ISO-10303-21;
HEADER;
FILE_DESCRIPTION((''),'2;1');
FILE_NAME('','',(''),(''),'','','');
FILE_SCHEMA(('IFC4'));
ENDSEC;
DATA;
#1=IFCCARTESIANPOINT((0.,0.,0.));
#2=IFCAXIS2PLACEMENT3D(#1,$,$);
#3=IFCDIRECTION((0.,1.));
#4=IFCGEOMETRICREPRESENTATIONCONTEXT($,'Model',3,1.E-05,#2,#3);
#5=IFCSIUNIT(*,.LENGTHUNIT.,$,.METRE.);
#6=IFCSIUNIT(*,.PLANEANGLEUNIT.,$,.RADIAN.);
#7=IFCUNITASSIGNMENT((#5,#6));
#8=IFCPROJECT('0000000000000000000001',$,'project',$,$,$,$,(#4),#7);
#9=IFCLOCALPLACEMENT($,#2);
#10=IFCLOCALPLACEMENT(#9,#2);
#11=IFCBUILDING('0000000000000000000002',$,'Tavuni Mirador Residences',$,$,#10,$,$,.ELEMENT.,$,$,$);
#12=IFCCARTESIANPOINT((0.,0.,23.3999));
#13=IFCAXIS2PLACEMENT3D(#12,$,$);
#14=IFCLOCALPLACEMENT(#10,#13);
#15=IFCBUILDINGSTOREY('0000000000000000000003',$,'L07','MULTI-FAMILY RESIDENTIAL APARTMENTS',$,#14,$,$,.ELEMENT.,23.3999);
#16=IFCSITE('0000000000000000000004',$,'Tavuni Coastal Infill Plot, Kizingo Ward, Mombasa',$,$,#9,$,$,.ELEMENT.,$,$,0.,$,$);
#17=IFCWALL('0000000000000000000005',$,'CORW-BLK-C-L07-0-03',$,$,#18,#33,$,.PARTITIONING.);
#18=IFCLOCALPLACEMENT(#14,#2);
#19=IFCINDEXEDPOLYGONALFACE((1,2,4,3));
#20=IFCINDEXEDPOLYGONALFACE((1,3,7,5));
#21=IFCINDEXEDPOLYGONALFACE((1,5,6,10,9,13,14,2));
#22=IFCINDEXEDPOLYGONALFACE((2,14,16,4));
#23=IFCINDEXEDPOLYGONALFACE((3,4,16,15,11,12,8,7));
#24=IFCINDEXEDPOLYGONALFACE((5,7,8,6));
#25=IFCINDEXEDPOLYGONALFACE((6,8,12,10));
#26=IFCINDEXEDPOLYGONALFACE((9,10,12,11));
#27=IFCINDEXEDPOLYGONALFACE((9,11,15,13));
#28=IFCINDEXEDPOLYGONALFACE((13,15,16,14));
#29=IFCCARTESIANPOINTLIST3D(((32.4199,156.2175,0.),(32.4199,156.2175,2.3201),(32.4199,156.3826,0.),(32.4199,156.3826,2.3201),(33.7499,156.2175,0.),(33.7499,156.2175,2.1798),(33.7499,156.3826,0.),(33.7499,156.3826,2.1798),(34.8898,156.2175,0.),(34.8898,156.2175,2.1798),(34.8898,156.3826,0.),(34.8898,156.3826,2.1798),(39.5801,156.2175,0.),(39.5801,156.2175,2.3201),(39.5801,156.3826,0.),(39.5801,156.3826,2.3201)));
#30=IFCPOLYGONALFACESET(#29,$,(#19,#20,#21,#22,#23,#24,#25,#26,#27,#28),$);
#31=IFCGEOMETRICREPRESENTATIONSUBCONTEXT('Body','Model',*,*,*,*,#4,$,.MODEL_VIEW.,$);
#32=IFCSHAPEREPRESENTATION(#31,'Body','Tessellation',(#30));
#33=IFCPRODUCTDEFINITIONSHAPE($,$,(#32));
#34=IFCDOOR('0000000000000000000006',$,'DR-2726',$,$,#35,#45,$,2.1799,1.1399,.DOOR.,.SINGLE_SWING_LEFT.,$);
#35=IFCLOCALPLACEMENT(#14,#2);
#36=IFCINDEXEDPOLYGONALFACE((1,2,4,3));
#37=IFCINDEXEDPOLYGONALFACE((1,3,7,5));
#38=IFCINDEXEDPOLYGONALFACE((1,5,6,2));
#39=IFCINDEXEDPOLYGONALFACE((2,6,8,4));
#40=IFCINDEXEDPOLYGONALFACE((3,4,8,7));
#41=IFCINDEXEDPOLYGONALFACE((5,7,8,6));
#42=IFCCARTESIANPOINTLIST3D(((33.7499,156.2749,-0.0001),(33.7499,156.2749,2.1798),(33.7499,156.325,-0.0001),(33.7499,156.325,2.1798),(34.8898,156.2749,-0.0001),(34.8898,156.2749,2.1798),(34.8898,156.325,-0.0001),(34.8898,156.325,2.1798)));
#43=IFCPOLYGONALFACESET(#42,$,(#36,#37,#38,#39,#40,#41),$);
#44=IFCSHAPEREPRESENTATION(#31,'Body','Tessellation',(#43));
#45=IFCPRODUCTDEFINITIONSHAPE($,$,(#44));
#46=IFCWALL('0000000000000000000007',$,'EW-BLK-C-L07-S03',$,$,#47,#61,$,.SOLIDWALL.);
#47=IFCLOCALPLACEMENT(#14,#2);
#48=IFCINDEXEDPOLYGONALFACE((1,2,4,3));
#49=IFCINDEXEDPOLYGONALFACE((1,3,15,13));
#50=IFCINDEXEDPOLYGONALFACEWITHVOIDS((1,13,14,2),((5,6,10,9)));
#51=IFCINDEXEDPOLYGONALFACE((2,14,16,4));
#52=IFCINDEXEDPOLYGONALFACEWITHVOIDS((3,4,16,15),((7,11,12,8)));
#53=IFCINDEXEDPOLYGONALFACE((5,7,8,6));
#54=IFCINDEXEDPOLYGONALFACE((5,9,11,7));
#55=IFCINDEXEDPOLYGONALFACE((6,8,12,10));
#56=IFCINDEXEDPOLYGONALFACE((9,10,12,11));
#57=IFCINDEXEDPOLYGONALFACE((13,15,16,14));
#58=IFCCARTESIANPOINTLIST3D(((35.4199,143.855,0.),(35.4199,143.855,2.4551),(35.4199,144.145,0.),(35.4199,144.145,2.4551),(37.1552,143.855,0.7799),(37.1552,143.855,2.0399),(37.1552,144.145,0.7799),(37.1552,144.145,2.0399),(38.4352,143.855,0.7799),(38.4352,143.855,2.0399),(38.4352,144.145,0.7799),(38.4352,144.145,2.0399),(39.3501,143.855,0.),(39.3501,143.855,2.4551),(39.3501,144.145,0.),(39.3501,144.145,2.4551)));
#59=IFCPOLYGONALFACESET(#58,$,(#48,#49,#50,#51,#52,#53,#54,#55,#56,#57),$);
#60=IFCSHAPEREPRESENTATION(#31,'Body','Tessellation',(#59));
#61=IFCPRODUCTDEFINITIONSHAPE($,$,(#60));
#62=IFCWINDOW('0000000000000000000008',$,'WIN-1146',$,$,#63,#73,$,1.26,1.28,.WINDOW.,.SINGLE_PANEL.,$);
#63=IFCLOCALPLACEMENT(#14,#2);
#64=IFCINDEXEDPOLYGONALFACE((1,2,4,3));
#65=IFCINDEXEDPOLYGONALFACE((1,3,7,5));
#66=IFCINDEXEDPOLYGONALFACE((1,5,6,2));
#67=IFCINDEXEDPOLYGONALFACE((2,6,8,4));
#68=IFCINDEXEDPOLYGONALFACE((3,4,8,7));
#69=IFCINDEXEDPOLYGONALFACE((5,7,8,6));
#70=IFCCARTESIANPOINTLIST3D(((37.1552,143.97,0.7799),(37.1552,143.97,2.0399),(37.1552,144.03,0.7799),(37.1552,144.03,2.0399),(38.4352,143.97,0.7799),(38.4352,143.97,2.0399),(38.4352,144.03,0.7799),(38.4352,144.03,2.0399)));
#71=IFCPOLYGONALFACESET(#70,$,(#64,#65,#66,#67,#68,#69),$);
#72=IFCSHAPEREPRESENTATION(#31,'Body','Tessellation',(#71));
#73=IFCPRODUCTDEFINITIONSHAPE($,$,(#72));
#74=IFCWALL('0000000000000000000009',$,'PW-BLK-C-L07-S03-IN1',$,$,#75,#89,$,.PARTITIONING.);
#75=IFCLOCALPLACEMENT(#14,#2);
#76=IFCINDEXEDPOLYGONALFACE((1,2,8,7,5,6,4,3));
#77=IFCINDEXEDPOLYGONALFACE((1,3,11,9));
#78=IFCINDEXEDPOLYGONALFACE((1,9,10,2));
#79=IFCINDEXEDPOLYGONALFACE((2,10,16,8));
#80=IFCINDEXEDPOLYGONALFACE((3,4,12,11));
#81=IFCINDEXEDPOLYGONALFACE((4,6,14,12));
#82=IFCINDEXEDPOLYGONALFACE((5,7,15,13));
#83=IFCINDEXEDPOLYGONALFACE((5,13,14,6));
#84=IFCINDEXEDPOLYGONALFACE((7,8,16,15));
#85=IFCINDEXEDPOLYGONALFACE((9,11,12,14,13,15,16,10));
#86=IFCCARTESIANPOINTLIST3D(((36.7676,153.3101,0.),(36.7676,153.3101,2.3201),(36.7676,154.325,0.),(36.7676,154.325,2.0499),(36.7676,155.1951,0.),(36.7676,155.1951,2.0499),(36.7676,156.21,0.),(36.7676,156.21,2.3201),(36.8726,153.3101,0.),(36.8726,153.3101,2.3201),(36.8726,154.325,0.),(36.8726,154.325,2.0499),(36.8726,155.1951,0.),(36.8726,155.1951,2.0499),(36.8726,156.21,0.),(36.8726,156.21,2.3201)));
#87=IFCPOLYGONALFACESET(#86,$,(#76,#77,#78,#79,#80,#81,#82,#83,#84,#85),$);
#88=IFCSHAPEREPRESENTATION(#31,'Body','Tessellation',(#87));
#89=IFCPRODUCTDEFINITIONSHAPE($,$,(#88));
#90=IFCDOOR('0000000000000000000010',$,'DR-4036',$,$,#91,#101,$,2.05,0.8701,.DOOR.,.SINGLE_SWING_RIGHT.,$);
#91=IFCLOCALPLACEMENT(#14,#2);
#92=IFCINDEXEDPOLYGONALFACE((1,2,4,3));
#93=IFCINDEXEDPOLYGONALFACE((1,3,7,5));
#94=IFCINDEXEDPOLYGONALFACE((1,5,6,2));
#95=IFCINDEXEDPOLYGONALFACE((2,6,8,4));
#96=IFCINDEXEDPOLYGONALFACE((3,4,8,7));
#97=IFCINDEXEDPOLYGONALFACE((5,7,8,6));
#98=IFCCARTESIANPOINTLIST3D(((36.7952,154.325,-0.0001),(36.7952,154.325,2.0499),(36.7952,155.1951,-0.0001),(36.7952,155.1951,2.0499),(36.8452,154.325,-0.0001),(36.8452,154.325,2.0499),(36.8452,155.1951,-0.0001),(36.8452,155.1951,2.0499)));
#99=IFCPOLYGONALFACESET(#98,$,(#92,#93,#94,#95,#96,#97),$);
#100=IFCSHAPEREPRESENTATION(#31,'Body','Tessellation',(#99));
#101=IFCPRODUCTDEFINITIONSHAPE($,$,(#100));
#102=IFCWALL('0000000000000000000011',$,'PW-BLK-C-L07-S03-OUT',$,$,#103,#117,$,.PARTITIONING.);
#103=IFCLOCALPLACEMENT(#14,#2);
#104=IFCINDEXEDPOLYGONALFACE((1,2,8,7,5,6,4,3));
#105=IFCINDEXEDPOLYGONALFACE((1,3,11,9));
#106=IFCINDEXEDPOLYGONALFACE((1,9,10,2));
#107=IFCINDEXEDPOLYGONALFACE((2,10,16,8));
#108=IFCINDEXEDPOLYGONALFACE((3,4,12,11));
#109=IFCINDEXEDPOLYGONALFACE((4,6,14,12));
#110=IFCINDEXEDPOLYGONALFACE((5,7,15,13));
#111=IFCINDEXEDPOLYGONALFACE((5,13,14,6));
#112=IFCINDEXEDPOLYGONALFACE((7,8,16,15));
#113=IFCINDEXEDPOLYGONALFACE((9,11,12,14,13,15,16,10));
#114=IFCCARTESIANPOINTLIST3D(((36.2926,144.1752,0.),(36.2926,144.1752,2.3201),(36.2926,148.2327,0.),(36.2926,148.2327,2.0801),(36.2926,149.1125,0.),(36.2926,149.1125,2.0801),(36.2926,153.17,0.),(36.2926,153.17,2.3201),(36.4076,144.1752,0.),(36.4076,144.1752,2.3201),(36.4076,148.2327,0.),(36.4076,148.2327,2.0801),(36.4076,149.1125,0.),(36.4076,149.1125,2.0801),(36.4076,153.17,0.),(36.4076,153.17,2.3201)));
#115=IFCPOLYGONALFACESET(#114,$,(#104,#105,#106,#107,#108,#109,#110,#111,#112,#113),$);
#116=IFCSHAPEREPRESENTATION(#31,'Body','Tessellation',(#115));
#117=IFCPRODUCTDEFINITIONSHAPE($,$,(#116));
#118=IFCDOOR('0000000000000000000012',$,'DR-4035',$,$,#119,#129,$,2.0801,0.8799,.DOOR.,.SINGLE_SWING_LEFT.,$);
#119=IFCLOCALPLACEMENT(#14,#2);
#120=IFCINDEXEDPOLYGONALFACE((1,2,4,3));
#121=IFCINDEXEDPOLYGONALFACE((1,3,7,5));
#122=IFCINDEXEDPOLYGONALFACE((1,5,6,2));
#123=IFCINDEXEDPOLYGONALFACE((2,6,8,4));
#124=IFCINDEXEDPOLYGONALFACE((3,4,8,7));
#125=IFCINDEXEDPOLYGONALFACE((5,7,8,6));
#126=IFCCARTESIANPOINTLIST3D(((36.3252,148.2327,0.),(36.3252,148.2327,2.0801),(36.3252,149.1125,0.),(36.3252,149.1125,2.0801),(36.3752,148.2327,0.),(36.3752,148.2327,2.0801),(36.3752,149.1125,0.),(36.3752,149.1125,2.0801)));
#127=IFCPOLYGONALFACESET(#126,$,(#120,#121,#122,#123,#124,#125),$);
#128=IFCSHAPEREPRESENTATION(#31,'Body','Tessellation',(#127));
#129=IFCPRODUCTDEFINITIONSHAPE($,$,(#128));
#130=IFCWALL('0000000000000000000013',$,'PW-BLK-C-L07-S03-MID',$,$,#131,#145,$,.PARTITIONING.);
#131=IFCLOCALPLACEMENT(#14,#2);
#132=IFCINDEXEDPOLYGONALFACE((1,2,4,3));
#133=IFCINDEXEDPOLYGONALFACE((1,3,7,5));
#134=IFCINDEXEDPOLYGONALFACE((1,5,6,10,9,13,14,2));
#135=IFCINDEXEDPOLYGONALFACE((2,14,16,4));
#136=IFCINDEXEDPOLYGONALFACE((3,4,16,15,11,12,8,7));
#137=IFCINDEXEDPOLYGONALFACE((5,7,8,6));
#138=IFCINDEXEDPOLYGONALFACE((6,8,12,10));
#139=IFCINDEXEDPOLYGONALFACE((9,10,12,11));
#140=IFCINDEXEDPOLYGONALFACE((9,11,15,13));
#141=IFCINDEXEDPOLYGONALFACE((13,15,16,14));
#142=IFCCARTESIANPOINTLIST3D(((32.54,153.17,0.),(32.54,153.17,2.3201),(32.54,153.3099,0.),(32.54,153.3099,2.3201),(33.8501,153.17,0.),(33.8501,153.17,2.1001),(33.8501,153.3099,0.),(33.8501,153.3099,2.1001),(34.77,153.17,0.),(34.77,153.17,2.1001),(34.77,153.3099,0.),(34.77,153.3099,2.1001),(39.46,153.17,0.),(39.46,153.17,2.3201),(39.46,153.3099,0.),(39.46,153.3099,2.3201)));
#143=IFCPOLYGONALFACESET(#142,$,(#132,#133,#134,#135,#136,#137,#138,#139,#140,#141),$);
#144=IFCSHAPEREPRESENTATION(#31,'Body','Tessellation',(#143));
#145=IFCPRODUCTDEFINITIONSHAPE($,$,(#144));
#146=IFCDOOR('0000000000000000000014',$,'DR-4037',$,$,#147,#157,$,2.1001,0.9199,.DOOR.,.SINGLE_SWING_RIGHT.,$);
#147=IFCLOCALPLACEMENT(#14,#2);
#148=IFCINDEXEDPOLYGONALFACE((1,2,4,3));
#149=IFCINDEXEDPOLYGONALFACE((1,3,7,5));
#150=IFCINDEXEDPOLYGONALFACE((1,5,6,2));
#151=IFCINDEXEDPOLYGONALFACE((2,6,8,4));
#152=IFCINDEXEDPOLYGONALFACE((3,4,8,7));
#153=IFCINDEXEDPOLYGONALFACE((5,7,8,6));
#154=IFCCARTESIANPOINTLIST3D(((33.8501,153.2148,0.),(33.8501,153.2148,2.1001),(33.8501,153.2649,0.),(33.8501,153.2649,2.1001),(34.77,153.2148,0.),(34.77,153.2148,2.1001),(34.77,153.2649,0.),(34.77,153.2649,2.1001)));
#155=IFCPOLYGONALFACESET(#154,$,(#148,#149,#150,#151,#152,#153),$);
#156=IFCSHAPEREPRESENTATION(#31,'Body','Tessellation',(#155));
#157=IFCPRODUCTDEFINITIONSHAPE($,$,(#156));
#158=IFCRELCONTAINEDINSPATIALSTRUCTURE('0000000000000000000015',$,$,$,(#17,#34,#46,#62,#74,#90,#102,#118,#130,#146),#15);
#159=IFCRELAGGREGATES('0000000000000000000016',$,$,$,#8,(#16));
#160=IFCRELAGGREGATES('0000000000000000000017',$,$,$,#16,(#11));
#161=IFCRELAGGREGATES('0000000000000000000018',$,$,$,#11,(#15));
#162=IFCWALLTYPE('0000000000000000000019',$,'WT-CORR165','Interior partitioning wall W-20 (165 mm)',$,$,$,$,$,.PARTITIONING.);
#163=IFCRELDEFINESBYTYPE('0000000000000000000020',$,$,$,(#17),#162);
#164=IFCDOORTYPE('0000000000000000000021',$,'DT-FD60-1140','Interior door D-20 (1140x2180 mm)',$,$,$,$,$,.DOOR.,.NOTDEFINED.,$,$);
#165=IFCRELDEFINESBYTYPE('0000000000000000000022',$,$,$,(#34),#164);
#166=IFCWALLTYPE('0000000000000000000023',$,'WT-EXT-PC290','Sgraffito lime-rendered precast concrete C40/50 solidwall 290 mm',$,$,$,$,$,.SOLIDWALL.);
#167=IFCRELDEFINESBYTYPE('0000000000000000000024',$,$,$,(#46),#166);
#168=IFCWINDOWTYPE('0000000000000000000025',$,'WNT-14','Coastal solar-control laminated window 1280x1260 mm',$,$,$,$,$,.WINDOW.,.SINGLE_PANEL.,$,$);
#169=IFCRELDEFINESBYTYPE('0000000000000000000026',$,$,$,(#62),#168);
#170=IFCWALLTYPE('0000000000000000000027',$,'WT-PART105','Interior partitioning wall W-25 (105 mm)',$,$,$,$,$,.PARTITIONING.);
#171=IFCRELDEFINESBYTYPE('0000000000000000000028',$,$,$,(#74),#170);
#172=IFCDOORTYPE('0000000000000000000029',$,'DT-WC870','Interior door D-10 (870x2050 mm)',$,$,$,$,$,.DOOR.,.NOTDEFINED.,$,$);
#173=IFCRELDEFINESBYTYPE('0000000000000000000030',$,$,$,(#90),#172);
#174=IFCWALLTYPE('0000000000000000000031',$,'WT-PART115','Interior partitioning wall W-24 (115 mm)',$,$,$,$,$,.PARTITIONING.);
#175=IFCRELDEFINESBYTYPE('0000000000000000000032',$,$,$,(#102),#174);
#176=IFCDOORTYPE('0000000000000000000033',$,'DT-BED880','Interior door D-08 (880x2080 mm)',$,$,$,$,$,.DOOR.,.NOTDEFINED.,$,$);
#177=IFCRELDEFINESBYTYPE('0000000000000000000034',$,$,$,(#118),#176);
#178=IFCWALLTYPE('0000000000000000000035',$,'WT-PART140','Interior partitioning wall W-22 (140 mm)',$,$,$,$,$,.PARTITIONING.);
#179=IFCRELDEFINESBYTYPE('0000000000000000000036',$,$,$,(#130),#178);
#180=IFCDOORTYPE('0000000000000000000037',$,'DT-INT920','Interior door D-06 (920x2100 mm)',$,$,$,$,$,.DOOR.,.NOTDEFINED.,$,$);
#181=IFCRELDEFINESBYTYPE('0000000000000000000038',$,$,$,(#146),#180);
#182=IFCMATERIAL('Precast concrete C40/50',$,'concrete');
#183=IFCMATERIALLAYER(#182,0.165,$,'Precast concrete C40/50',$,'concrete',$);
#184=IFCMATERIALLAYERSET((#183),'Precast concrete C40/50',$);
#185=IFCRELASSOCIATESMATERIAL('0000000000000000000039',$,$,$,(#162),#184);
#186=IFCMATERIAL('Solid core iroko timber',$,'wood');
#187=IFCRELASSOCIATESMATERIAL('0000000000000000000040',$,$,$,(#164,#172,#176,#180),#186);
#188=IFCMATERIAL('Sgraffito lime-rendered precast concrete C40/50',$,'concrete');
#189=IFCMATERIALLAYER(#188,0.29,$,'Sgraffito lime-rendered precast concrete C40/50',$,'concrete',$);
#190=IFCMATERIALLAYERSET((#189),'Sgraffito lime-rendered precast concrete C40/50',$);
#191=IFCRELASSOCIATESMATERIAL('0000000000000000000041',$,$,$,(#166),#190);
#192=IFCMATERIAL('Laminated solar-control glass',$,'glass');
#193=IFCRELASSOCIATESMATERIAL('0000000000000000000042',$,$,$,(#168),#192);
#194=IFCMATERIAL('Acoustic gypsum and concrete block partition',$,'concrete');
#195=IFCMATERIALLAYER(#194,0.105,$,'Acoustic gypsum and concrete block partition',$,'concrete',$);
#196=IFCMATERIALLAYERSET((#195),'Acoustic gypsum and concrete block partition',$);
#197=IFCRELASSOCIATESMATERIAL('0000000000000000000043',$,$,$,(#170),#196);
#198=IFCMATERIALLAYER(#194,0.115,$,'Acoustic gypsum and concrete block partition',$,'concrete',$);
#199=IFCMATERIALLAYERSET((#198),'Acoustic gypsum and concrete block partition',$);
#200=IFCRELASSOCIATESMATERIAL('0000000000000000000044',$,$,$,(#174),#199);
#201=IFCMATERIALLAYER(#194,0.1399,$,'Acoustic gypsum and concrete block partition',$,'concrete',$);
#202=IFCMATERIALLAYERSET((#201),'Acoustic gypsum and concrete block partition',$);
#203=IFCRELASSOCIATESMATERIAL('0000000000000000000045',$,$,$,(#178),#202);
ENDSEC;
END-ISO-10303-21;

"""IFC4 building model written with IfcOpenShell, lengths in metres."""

from ifc_helpers import new_model, si_unit, direction, frame, frame_2d, origin, place, context, subcontext, project, spatial, rectangle, extrude, material, layer, layer_set, type_object, element, fill, save


model = new_model("IFC4")

# Units and contexts
model_context = context("Model", 3, precision=1e-05, world=origin(), true_north=direction((0.0, 1.0)))
body_context = subcontext(model_context, "Body", "Model", "MODEL_VIEW")
ifc_project = project(units=[si_unit("LENGTHUNIT", "METRE"), si_unit("PLANEANGLEUNIT", "RADIAN")], contexts=[model_context])

# Site, building, storey
site_placement = place(None, origin())
site = spatial("IfcSite", under=ifc_project, at=site_placement, Name="Tavuni Coastal Infill Plot, Kizingo Ward, Mombasa", CompositionType="ELEMENT", RefElevation=0.0)
building_placement = place(site_placement, origin())
building = spatial("IfcBuilding", under=site, at=building_placement, Name="Tavuni Mirador Residences", CompositionType="ELEMENT")
storey_placement = place(building_placement, frame((0.0, 0.0, 23.3999)))
storey = spatial("IfcBuildingStorey", under=building, at=storey_placement, Name="L07", Description="MULTI-FAMILY RESIDENTIAL APARTMENTS", CompositionType="ELEMENT", Elevation=23.3999)

# Shared definitions
ifc_material_1 = material(Name="Precast concrete C40/50", Category="concrete")

# Wall, opening, door
ifc_layer_1 = layer(ifc_material_1, 0.165, Name="Precast concrete C40/50", Category="concrete")
ifc_layer_set_1 = layer_set([ifc_layer_1], Name="Precast concrete C40/50")
wall_type_1 = type_object("IfcWallType", Name="WT-CORR165", Description="Interior partitioning wall W-20 (165 mm)", PredefinedType="PARTITIONING", material=ifc_layer_set_1)
wall_1_placement = place(storey_placement, frame((32.4199, 156.3, 0.0), z_axis=(0.0, 0.0, 1.0), x_axis=(1.0, 0.0, 0.0)))
wall_1 = element("IfcWall", 1, at=wall_1_placement, inside=storey, type_object=wall_type_1, Name="CORW-BLK-C-L07-0-03", PredefinedType="PARTITIONING", context=body_context, shape_type="SweptSolid", body=[
    extrude(rectangle(XDim=7.1602, YDim=0.165, at=frame_2d((3.5801, 0.0))), origin(), (0.0, 0.0, 1.0), 2.3201),
])
opening_1_placement = place(wall_1_placement, frame((1.3301, 0.0, 0.0)))
opening_1 = element("IfcOpeningElement", 2, at=opening_1_placement, cuts=wall_1, PredefinedType="OPENING", context=body_context, shape_type="SweptSolid", body=[
    extrude(rectangle(XDim=1.1399, YDim=2.1799, at=frame_2d((0.5698, 1.0898))), frame((0.0, 0.0925, 0.0), z_axis=(0.0, -1.0, 0.0), x_axis=(1.0, 0.0, 0.0)), (0.0, 0.0, 1.0), 0.1851),
])
ifc_material_2 = material(Name="Solid core iroko timber", Category="wood")
door_type_1 = type_object("IfcDoorType", Name="DT-FD60-1140", Description="Interior door D-20 (1140x2180 mm)", OperationType="NOTDEFINED", PredefinedType="DOOR", material=ifc_material_2)
door_1_placement = place(opening_1_placement, origin())
door_1 = element("IfcDoor", 3, at=door_1_placement, inside=storey, type_object=door_type_1, Name="DR-2726", OperationType="SINGLE_SWING_LEFT", OverallHeight=2.1799, OverallWidth=1.1399, PredefinedType="DOOR", context=body_context, shape_type="SweptSolid", body=[
    extrude(rectangle(XDim=1.1399, YDim=2.1799, at=frame_2d((0.5698, 1.0898))), frame((0.0, 0.0249, 0.0), z_axis=(0.0, -1.0, 0.0), x_axis=(1.0, 0.0, 0.0)), (0.0, 0.0, 1.0), 0.05),
])
fill(opening_1, door_1)

# Wall, opening, window
ifc_material_3 = material(Name="Sgraffito lime-rendered precast concrete C40/50", Category="concrete")
ifc_layer_2 = layer(ifc_material_3, 0.29, Name="Sgraffito lime-rendered precast concrete C40/50", Category="concrete")
ifc_layer_set_2 = layer_set([ifc_layer_2], Name="Sgraffito lime-rendered precast concrete C40/50")
wall_type_2 = type_object("IfcWallType", Name="WT-EXT-PC290", Description="Sgraffito lime-rendered precast concrete C40/50 solidwall 290 mm", PredefinedType="SOLIDWALL", material=ifc_layer_set_2)
wall_2_placement = place(storey_placement, frame((35.4199, 144.0, 0.0), z_axis=(0.0, 0.0, 1.0), x_axis=(1.0, 0.0, 0.0)))
wall_2 = element("IfcWall", 4, at=wall_2_placement, inside=storey, type_object=wall_type_2, Name="EW-BLK-C-L07-S03", PredefinedType="SOLIDWALL", context=body_context, shape_type="SweptSolid", body=[
    extrude(rectangle(XDim=3.9302, YDim=0.29, at=frame_2d((1.9651, 0.0))), origin(), (0.0, 0.0, 1.0), 2.4551),
])
opening_2_placement = place(wall_2_placement, frame((1.7351, 0.0, 0.78)))
opening_2 = element("IfcOpeningElement", 5, at=opening_2_placement, cuts=wall_2, PredefinedType="OPENING", context=body_context, shape_type="SweptSolid", body=[
    extrude(rectangle(XDim=1.28, YDim=1.26, at=frame_2d((0.6401, 0.6299))), frame((0.0, 0.155, 0.0), z_axis=(0.0, -1.0, 0.0), x_axis=(1.0, 0.0, 0.0)), (0.0, 0.0, 1.0), 0.3101),
])
ifc_material_4 = material(Name="Laminated solar-control glass", Category="glass")
window_type = type_object("IfcWindowType", Name="WNT-14", Description="Coastal solar-control laminated window 1280x1260 mm", PartitioningType="SINGLE_PANEL", PredefinedType="WINDOW", material=ifc_material_4)
window_placement = place(opening_2_placement, origin())
window = element("IfcWindow", 6, at=window_placement, inside=storey, type_object=window_type, Name="WIN-1146", OverallHeight=1.26, OverallWidth=1.28, PartitioningType="SINGLE_PANEL", PredefinedType="WINDOW", context=body_context, shape_type="SweptSolid", body=[
    extrude(rectangle(XDim=1.28, YDim=1.26, at=frame_2d((0.6401, 0.6299))), frame((0.0, 0.03, 0.0), z_axis=(0.0, -1.0, 0.0), x_axis=(1.0, 0.0, 0.0)), (0.0, 0.0, 1.0), 0.0601),
])
fill(opening_2, window)

# Walls, openings, doors
ifc_material_5 = material(Name="Acoustic gypsum and concrete block partition", Category="concrete")
ifc_layer_3 = layer(ifc_material_5, 0.105, Name="Acoustic gypsum and concrete block partition", Category="concrete")
ifc_layer_set_3 = layer_set([ifc_layer_3], Name="Acoustic gypsum and concrete block partition")
wall_type_3 = type_object("IfcWallType", Name="WT-PART105", Description="Interior partitioning wall W-25 (105 mm)", PredefinedType="PARTITIONING", material=ifc_layer_set_3)
wall_3_placement = place(storey_placement, frame((36.8201, 153.3101, 0.0), z_axis=(0.0, 0.0, 1.0), x_axis=(0.0, 1.0, 0.0)))
wall_3 = element("IfcWall", 7, at=wall_3_placement, inside=storey, type_object=wall_type_3, Name="PW-BLK-C-L07-S03-IN1", PredefinedType="PARTITIONING", context=body_context, shape_type="SweptSolid", body=[
    extrude(rectangle(XDim=2.8999, YDim=0.105, at=frame_2d((1.45, 0.0))), origin(), (0.0, 0.0, 1.0), 2.3201),
])
opening_3_placement = place(wall_3_placement, frame((1.0149, 0.0, 0.0)))
opening_3 = element("IfcOpeningElement", 8, at=opening_3_placement, cuts=wall_3, PredefinedType="OPENING", context=body_context, shape_type="SweptSolid", body=[
    extrude(rectangle(XDim=0.8701, YDim=2.05, at=frame_2d((0.4351, 1.0249))), frame((0.0, 0.0625, 0.0), z_axis=(0.0, -1.0, 0.0), x_axis=(1.0, 0.0, 0.0)), (0.0, 0.0, 1.0), 0.125),
])
door_type_2 = type_object("IfcDoorType", Name="DT-WC870", Description="Interior door D-10 (870x2050 mm)", OperationType="NOTDEFINED", PredefinedType="DOOR", material=ifc_material_2)
door_2_placement = place(opening_3_placement, origin())
door_2 = element("IfcDoor", 9, at=door_2_placement, inside=storey, type_object=door_type_2, Name="DR-4036", OperationType="SINGLE_SWING_RIGHT", OverallHeight=2.05, OverallWidth=0.8701, PredefinedType="DOOR", context=body_context, shape_type="SweptSolid", body=[
    extrude(rectangle(XDim=0.8701, YDim=2.05, at=frame_2d((0.4351, 1.0249))), frame((0.0, 0.0249, 0.0), z_axis=(0.0, -1.0, 0.0), x_axis=(1.0, 0.0, 0.0)), (0.0, 0.0, 1.0), 0.05),
])
fill(opening_3, door_2)
ifc_layer_4 = layer(ifc_material_5, 0.115, Name="Acoustic gypsum and concrete block partition", Category="concrete")
ifc_layer_set_4 = layer_set([ifc_layer_4], Name="Acoustic gypsum and concrete block partition")
wall_type_4 = type_object("IfcWallType", Name="WT-PART115", Description="Interior partitioning wall W-24 (115 mm)", PredefinedType="PARTITIONING", material=ifc_layer_set_4)
wall_4_placement = place(storey_placement, frame((36.3501, 144.175, 0.0), z_axis=(0.0, 0.0, 1.0), x_axis=(0.0, 1.0, 0.0)))
wall_4 = element("IfcWall", 10, at=wall_4_placement, inside=storey, type_object=wall_type_4, Name="PW-BLK-C-L07-S03-OUT", PredefinedType="PARTITIONING", context=body_context, shape_type="SweptSolid", body=[
    extrude(rectangle(XDim=8.9949, YDim=0.115, at=frame_2d((4.4976, 0.0))), origin(), (0.0, 0.0, 1.0), 2.3201),
])
opening_4_placement = place(wall_4_placement, frame((4.0576, 0.0, 0.0)))
opening_4 = element("IfcOpeningElement", 11, at=opening_4_placement, cuts=wall_4, PredefinedType="OPENING", context=body_context, shape_type="SweptSolid", body=[
    extrude(rectangle(XDim=0.8799, YDim=2.0801, at=frame_2d((0.4399, 1.04))), frame((0.0, 0.0674, 0.0), z_axis=(0.0, -1.0, 0.0), x_axis=(1.0, 0.0, 0.0)), (0.0, 0.0, 1.0), 0.135),
])
door_type_3 = type_object("IfcDoorType", Name="DT-BED880", Description="Interior door D-08 (880x2080 mm)", OperationType="NOTDEFINED", PredefinedType="DOOR", material=ifc_material_2)
door_3_placement = place(opening_4_placement, origin())
door_3 = element("IfcDoor", 12, at=door_3_placement, inside=storey, type_object=door_type_3, Name="DR-4035", OperationType="SINGLE_SWING_LEFT", OverallHeight=2.0801, OverallWidth=0.8799, PredefinedType="DOOR", context=body_context, shape_type="SweptSolid", body=[
    extrude(rectangle(XDim=0.8799, YDim=2.0801, at=frame_2d((0.4399, 1.04))), frame((0.0, 0.0249, 0.0), z_axis=(0.0, -1.0, 0.0), x_axis=(1.0, 0.0, 0.0)), (0.0, 0.0, 1.0), 0.05),
])
fill(opening_4, door_3)
ifc_layer_5 = layer(ifc_material_5, 0.1399, Name="Acoustic gypsum and concrete block partition", Category="concrete")
ifc_layer_set_5 = layer_set([ifc_layer_5], Name="Acoustic gypsum and concrete block partition")
wall_type_5 = type_object("IfcWallType", Name="WT-PART140", Description="Interior partitioning wall W-22 (140 mm)", PredefinedType="PARTITIONING", material=ifc_layer_set_5)
wall_5_placement = place(storey_placement, frame((32.54, 153.24, 0.0), z_axis=(0.0, 0.0, 1.0), x_axis=(1.0, 0.0, 0.0)))
wall_5 = element("IfcWall", 13, at=wall_5_placement, inside=storey, type_object=wall_type_5, Name="PW-BLK-C-L07-S03-MID", PredefinedType="PARTITIONING", context=body_context, shape_type="SweptSolid", body=[
    extrude(rectangle(XDim=6.9199, YDim=0.1399, at=frame_2d((3.46, 0.0))), origin(), (0.0, 0.0, 1.0), 2.3201),
])
opening_5_placement = place(wall_5_placement, frame((1.3101, 0.0, 0.0)))
opening_5 = element("IfcOpeningElement", 14, at=opening_5_placement, cuts=wall_5, PredefinedType="OPENING", context=body_context, shape_type="SweptSolid", body=[
    extrude(rectangle(XDim=0.9199, YDim=2.1001, at=frame_2d((0.46, 1.05))), frame((0.0, 0.0801, 0.0), z_axis=(0.0, -1.0, 0.0), x_axis=(1.0, 0.0, 0.0)), (0.0, 0.0, 1.0), 0.1599),
])
door_type_4 = type_object("IfcDoorType", Name="DT-INT920", Description="Interior door D-06 (920x2100 mm)", OperationType="NOTDEFINED", PredefinedType="DOOR", material=ifc_material_2)
door_4_placement = place(opening_5_placement, origin())
door_4 = element("IfcDoor", 15, at=door_4_placement, inside=storey, type_object=door_type_4, Name="DR-4037", OperationType="SINGLE_SWING_RIGHT", OverallHeight=2.1001, OverallWidth=0.9199, PredefinedType="DOOR", context=body_context, shape_type="SweptSolid", body=[
    extrude(rectangle(XDim=0.9199, YDim=2.1001, at=frame_2d((0.46, 1.05))), frame((0.0, 0.0249, 0.0), z_axis=(0.0, -1.0, 0.0), x_axis=(1.0, 0.0, 0.0)), (0.0, 0.0, 1.0), 0.05),
])
fill(opening_5, door_4)

save(model, "model.ifc")
